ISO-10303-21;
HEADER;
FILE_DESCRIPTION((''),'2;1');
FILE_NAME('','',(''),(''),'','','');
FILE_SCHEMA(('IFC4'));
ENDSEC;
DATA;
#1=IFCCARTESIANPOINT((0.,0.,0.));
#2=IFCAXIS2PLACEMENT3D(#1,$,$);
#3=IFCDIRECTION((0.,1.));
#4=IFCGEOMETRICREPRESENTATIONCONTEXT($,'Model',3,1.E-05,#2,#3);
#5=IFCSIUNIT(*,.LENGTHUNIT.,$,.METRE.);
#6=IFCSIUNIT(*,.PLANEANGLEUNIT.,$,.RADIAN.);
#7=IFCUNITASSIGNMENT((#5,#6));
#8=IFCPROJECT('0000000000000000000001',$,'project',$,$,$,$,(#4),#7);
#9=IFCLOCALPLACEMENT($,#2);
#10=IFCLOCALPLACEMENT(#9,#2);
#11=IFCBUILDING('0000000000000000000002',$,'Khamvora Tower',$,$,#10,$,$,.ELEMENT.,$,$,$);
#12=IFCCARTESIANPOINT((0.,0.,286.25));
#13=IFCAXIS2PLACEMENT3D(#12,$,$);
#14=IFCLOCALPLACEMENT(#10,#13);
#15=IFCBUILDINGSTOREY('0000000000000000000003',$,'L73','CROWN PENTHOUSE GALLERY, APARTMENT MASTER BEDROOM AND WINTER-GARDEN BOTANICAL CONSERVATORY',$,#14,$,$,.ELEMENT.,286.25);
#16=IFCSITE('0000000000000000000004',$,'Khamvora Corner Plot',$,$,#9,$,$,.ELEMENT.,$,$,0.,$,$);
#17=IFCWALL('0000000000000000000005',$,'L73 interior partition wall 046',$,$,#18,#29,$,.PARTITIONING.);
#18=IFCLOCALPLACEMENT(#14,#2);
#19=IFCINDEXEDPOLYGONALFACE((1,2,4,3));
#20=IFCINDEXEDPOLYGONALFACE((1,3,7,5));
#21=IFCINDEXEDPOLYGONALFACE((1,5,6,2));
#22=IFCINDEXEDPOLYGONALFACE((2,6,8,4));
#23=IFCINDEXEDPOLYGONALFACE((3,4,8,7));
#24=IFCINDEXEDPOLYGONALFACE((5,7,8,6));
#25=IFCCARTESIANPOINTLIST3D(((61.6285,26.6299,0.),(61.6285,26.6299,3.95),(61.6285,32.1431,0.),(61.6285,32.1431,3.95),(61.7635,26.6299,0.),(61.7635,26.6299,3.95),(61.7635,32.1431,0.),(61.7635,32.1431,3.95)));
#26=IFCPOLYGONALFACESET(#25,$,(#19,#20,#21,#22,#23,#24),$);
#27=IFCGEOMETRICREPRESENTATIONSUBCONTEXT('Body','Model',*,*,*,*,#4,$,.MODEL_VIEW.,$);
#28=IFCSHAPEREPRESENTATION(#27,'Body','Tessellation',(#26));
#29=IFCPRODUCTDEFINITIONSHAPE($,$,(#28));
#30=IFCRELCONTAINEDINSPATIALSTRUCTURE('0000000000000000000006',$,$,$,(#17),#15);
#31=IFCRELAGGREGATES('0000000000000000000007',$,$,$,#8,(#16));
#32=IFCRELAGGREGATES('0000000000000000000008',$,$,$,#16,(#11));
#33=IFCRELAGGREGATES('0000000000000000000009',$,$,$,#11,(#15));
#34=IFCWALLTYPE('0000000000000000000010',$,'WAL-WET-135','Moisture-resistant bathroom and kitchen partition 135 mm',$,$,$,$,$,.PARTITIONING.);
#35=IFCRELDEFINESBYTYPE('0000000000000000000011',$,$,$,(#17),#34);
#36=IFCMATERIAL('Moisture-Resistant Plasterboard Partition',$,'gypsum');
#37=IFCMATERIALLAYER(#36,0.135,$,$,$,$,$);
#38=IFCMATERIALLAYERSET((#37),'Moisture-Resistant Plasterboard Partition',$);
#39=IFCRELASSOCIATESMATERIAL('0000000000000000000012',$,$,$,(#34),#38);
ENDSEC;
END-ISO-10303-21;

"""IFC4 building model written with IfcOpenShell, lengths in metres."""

from ifc_helpers import new_model, si_unit, direction, frame, frame_2d, origin, place, context, subcontext, project, spatial, rectangle, extrude, material, layer, layer_set, type_object, element, save


model = new_model("IFC4")

# Units and contexts
model_context = context("Model", 3, precision=1e-05, world=origin(), true_north=direction((0.0, 1.0)))
body_context = subcontext(model_context, "Body", "Model", "MODEL_VIEW")
ifc_project = project(units=[si_unit("LENGTHUNIT", "METRE"), si_unit("PLANEANGLEUNIT", "RADIAN")], contexts=[model_context])

# Site, building, storey
site_placement = place(None, origin())
site = spatial("IfcSite", under=ifc_project, at=site_placement, Name="Khamvora Corner Plot", CompositionType="ELEMENT", RefElevation=0.0)
building_placement = place(site_placement, origin())
building = spatial("IfcBuilding", under=site, at=building_placement, Name="Khamvora Tower", CompositionType="ELEMENT")
storey_placement = place(building_placement, frame((0.0, 0.0, 286.25)))
storey = spatial("IfcBuildingStorey", under=building, at=storey_placement, Name="L73", Description="CROWN PENTHOUSE GALLERY, APARTMENT MASTER BEDROOM AND WINTER-GARDEN BOTANICAL CONSERVATORY", CompositionType="ELEMENT", Elevation=286.25)

# Wall
ifc_material_1 = material(Name="Moisture-Resistant Plasterboard Partition", Category="gypsum")
ifc_layer_1 = layer(ifc_material_1, 0.135)
ifc_layer_set_1 = layer_set([ifc_layer_1], Name="Moisture-Resistant Plasterboard Partition")
wall_type_1 = type_object("IfcWallType", Name="WAL-WET-135", Description="Moisture-resistant bathroom and kitchen partition 135 mm", PredefinedType="PARTITIONING", material=ifc_layer_set_1)
wall_1_placement = place(storey_placement, frame((61.696, 26.6299, 0.0), z_axis=(0.0, 0.0, 1.0), x_axis=(0.0, 1.0, 0.0)))
element("IfcWall", 1, at=wall_1_placement, inside=storey, type_object=wall_type_1, Name="L73 interior partition wall 046", PredefinedType="PARTITIONING", context=body_context, shape_type="SweptSolid", body=[
    extrude(rectangle(XDim=5.5132, YDim=0.135, at=frame_2d((2.7566, 0.0))), origin(), (0.0, 0.0, 1.0), 3.95),
])

save(model, "model.ifc")
